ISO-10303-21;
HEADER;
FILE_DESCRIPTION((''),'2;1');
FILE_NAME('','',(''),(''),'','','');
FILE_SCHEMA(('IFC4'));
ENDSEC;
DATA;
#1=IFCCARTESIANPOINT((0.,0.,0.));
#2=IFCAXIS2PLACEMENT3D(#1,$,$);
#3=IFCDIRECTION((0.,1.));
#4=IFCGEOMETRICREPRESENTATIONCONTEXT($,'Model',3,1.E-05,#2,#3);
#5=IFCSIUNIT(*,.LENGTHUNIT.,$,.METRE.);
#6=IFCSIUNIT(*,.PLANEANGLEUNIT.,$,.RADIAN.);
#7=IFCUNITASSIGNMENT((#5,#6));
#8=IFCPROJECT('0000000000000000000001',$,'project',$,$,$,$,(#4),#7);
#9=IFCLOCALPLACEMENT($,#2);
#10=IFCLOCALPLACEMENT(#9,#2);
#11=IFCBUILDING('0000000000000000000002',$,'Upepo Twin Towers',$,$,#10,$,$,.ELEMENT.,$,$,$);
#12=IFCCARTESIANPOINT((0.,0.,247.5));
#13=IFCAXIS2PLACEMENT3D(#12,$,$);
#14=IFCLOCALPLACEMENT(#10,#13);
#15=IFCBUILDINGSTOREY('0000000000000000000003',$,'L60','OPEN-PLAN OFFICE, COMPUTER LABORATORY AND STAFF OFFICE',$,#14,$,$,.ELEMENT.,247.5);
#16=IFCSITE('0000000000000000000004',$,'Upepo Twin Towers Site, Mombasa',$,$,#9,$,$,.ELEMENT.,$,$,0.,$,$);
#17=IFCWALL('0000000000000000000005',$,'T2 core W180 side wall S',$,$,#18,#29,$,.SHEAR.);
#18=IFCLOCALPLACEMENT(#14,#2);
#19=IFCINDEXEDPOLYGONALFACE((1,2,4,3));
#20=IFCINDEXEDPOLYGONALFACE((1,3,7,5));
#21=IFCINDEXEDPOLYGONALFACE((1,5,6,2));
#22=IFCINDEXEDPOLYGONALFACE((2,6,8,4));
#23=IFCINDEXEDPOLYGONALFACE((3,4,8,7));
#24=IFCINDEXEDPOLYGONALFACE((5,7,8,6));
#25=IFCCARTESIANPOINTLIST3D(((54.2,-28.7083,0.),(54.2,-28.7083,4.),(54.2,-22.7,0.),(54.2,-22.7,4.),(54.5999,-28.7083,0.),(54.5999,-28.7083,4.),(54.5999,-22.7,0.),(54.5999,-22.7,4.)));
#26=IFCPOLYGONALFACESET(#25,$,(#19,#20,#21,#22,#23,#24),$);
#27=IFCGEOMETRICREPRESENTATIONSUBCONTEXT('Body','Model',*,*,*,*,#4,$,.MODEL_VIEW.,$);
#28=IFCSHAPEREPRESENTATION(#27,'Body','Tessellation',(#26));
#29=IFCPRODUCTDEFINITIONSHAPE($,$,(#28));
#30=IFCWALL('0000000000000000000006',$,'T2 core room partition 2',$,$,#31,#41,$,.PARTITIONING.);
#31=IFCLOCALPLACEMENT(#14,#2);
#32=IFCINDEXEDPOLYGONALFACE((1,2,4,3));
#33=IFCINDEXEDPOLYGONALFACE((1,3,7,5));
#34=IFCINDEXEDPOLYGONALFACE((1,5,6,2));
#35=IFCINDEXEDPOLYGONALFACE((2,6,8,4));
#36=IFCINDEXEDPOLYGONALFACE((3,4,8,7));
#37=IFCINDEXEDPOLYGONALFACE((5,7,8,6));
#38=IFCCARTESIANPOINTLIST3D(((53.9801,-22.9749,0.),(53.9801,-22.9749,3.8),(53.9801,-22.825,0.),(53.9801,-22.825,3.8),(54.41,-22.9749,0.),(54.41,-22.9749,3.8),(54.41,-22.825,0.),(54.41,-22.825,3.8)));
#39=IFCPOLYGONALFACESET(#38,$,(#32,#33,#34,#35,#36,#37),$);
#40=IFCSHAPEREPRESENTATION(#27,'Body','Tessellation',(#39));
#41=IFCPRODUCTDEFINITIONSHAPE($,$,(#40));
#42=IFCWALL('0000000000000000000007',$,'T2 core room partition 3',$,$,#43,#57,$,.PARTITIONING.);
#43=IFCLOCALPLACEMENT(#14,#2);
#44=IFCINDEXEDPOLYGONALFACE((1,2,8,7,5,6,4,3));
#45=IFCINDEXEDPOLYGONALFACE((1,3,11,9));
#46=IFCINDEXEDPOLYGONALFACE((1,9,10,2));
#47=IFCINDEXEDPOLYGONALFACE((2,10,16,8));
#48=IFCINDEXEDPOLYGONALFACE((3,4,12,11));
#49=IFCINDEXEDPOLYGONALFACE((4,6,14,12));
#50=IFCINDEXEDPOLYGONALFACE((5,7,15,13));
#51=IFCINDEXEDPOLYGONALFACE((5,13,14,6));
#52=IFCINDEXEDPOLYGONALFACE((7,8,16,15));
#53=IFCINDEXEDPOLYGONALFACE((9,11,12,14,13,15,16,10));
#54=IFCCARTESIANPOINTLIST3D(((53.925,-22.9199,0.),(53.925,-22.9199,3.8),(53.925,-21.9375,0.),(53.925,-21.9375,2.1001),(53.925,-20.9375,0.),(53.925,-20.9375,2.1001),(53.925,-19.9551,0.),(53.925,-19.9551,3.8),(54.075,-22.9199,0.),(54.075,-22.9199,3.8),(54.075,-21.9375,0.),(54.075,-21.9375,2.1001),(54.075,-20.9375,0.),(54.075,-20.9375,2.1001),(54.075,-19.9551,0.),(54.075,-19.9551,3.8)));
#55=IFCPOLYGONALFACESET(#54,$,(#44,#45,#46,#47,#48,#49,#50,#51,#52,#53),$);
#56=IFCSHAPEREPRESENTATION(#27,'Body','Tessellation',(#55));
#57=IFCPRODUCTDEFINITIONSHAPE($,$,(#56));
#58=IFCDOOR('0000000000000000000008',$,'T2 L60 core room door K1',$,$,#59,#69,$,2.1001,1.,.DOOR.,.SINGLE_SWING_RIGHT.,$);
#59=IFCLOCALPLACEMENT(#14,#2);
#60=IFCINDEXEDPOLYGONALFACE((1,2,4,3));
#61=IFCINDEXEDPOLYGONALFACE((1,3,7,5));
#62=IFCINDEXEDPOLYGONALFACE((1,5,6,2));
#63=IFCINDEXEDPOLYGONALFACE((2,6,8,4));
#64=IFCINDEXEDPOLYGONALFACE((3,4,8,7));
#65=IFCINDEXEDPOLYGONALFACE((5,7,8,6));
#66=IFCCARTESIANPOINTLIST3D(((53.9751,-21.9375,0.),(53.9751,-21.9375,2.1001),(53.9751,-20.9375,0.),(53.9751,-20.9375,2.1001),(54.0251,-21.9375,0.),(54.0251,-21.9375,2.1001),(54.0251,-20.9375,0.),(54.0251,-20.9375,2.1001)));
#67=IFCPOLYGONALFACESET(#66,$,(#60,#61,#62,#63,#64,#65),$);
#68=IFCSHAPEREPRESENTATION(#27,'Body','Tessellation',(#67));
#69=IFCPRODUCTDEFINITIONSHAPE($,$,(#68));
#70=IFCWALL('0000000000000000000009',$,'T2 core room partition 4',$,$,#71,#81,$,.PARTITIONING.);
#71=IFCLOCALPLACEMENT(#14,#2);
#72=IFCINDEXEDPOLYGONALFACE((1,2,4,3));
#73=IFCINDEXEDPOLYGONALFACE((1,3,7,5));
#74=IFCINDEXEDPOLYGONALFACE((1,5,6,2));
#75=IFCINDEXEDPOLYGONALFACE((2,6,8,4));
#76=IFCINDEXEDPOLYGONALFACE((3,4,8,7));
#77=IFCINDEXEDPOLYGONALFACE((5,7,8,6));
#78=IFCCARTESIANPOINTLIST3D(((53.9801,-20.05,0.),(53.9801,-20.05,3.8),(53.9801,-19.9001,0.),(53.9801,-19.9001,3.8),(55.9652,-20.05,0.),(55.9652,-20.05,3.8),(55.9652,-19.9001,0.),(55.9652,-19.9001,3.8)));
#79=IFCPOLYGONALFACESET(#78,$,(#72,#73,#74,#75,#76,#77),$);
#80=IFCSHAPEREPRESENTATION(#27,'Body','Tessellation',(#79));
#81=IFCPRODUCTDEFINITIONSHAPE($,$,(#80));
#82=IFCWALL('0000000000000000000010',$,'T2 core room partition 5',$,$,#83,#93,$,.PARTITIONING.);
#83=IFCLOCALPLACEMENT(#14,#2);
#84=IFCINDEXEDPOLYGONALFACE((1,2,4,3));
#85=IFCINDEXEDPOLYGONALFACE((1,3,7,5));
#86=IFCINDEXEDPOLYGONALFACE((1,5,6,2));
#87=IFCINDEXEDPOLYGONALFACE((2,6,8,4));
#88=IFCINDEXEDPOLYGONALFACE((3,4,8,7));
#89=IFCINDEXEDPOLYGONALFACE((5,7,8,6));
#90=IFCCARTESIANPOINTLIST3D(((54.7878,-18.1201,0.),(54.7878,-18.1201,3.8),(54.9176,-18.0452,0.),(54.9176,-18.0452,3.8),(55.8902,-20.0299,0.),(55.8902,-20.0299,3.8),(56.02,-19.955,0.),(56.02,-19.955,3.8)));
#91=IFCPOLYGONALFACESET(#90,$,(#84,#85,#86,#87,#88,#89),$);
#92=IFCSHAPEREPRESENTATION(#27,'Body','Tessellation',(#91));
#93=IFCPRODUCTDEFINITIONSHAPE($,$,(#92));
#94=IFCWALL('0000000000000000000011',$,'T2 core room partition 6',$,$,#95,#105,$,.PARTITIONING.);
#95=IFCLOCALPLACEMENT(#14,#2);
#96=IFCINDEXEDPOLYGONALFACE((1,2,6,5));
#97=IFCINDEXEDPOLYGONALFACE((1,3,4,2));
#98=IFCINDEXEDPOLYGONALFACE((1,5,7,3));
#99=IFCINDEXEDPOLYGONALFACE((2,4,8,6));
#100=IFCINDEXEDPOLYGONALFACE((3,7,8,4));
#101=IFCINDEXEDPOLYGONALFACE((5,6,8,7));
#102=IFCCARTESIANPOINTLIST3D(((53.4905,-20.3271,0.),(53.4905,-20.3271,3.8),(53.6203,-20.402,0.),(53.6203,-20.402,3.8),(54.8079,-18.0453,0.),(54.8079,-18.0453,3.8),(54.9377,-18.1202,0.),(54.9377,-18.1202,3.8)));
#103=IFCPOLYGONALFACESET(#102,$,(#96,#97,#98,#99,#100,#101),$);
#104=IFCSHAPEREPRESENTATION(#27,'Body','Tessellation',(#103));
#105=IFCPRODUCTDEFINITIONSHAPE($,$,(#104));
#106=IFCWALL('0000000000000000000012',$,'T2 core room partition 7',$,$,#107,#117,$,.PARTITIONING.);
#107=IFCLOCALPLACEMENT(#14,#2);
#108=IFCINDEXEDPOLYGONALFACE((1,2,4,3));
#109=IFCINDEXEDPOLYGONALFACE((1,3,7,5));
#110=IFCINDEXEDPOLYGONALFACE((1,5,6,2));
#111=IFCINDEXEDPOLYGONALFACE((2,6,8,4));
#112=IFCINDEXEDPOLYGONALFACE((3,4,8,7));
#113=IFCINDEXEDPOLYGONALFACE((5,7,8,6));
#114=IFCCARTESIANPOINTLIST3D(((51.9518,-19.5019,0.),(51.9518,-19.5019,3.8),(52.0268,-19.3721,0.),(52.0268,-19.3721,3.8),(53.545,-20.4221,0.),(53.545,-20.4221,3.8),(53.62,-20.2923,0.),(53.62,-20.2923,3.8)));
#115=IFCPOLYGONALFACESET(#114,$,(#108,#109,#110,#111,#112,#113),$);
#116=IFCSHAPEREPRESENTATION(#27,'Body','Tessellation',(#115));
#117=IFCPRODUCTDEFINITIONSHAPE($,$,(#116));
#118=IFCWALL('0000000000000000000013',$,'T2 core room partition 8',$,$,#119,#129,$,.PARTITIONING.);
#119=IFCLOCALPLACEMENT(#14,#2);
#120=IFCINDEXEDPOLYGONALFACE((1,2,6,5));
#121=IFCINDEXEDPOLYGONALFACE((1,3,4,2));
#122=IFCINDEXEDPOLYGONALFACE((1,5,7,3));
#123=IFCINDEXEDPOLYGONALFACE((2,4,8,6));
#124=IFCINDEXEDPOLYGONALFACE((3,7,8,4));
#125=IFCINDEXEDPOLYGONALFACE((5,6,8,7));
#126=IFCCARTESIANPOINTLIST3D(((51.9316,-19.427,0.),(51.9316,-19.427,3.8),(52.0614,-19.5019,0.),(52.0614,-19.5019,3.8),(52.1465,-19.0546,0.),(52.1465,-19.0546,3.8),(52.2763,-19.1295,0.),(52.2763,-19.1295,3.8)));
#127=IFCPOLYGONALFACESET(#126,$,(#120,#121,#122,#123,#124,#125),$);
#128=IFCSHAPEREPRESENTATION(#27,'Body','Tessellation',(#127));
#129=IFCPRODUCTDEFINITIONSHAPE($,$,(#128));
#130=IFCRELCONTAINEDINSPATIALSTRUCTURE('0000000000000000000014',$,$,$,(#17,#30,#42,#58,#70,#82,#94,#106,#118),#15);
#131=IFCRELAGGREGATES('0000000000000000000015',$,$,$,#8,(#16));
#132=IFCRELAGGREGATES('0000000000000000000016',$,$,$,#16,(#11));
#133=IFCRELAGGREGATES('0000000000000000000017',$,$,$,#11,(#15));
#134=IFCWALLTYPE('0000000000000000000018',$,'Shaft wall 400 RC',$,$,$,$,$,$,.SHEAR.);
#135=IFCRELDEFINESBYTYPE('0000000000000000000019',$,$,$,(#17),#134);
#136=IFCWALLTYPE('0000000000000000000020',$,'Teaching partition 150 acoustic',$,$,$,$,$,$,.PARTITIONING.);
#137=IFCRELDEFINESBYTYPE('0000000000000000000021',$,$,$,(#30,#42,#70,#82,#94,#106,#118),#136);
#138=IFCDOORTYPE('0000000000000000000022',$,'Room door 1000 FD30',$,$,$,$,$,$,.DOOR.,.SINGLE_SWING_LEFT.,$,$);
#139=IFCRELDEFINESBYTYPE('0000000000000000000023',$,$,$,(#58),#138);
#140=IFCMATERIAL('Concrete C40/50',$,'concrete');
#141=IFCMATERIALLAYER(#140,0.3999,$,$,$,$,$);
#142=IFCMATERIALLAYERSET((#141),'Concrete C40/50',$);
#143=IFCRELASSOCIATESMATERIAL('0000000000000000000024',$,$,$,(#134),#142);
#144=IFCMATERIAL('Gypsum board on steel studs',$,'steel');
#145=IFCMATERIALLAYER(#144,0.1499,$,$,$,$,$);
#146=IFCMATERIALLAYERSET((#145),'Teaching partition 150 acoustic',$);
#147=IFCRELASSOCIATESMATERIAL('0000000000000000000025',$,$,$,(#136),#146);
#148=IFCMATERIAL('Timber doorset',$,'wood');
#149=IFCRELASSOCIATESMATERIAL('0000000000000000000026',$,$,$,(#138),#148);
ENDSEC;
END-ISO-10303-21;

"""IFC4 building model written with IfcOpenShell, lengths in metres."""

from ifc_helpers import new_model, si_unit, direction, frame, frame_2d, origin, place, context, subcontext, project, spatial, rectangle, extrude, material, layer, layer_set, type_object, element, fill, save


model = new_model("IFC4")

# Units and contexts
model_context = context("Model", 3, precision=1e-05, world=origin(), true_north=direction((0.0, 1.0)))
body_context = subcontext(model_context, "Body", "Model", "MODEL_VIEW")
ifc_project = project(units=[si_unit("LENGTHUNIT", "METRE"), si_unit("PLANEANGLEUNIT", "RADIAN")], contexts=[model_context])

# Site, building, storey
site_placement = place(None, origin())
site = spatial("IfcSite", under=ifc_project, at=site_placement, Name="Upepo Twin Towers Site, Mombasa", CompositionType="ELEMENT", RefElevation=0.0)
building_placement = place(site_placement, origin())
building = spatial("IfcBuilding", under=site, at=building_placement, Name="Upepo Twin Towers", CompositionType="ELEMENT")
storey_placement = place(building_placement, frame((0.0, 0.0, 247.5)))
storey = spatial("IfcBuildingStorey", under=building, at=storey_placement, Name="L60", Description="OPEN-PLAN OFFICE, COMPUTER LABORATORY AND STAFF OFFICE", CompositionType="ELEMENT", Elevation=247.5)

# Walls
ifc_material_1 = material(Name="Concrete C40/50", Category="concrete")
ifc_layer_1 = layer(ifc_material_1, 0.3999)
ifc_layer_set_1 = layer_set([ifc_layer_1], Name="Concrete C40/50")
wall_type_1 = type_object("IfcWallType", Name="Shaft wall 400 RC", PredefinedType="SHEAR", material=ifc_layer_set_1)
for number, where, z_axis, x_axis, name in (
    (1, (54.3999, -22.7, 0.0), (0.0, 0.0, 1.0), (0.0, -1.0, 0.0), "T2 core W180 side wall S"),
):
    element("IfcWall", number, at=place(storey_placement, frame(where, z_axis=z_axis, x_axis=x_axis)), inside=storey, type_object=wall_type_1, Name=name, PredefinedType="SHEAR", context=body_context, shape_type="SweptSolid", body=[
        extrude(rectangle(XDim=6.0083, YDim=0.3999, at=frame_2d((3.0042, 0.0))), origin(), (0.0, 0.0, 1.0), 4.0),
    ])
ifc_material_2 = material(Name="Gypsum board on steel studs", Category="steel")
ifc_layer_2 = layer(ifc_material_2, 0.1499)
ifc_layer_set_2 = layer_set([ifc_layer_2], Name="Teaching partition 150 acoustic")
wall_type_2 = type_object("IfcWallType", Name="Teaching partition 150 acoustic", PredefinedType="PARTITIONING", material=ifc_layer_set_2)
wall_1_placement = place(storey_placement, frame((54.4099, -22.8999, 0.0), z_axis=(0.0, 0.0, 1.0), x_axis=(-1.0, 0.0, 0.0)))
element("IfcWall", 2, at=wall_1_placement, inside=storey, type_object=wall_type_2, Name="T2 core room partition 2", PredefinedType="PARTITIONING", context=body_context, shape_type="SweptSolid", body=[
    extrude(rectangle(XDim=0.4299, YDim=0.1499, at=frame_2d((0.2148, 0.0))), origin(), (0.0, 0.0, 1.0), 3.8),
])

# Wall, opening, door
wall_2_placement = place(storey_placement, frame((54.0, -22.9199, 0.0), z_axis=(0.0, 0.0, 1.0), x_axis=(0.0, 1.0, 0.0)))
wall_2 = element("IfcWall", 3, at=wall_2_placement, inside=storey, type_object=wall_type_2, Name="T2 core room partition 3", PredefinedType="PARTITIONING", context=body_context, shape_type="SweptSolid", body=[
    extrude(rectangle(XDim=2.9648, YDim=0.1499, at=frame_2d((1.4824, 0.0))), origin(), (0.0, 0.0, 1.0), 3.8),
])
opening_1_placement = place(wall_2_placement, frame((0.9824, 0.0, 0.0)))
opening_1 = element("IfcOpeningElement", 4, at=opening_1_placement, cuts=wall_2, PredefinedType="OPENING", context=body_context, shape_type="SweptSolid", body=[
    extrude(rectangle(XDim=1.0, YDim=2.1001, at=frame_2d((0.5, 1.05))), frame((0.0, 0.085, 0.0), z_axis=(0.0, -1.0, 0.0), x_axis=(1.0, 0.0, 0.0)), (0.0, 0.0, 1.0), 0.1699),
])
ifc_material_3 = material(Name="Timber doorset", Category="wood")
door_type_1 = type_object("IfcDoorType", Name="Room door 1000 FD30", OperationType="SINGLE_SWING_LEFT", PredefinedType="DOOR", material=ifc_material_3)
door_1_placement = place(opening_1_placement, origin())
door_1 = element("IfcDoor", 5, at=door_1_placement, inside=storey, type_object=door_type_1, Name="T2 L60 core room door K1", OperationType="SINGLE_SWING_RIGHT", OverallHeight=2.1001, OverallWidth=1.0, PredefinedType="DOOR", context=body_context, shape_type="SweptSolid", body=[
    extrude(rectangle(XDim=1.0, YDim=2.1001, at=frame_2d((0.5, 1.05))), frame((0.0, 0.0249, 0.0), z_axis=(0.0, -1.0, 0.0), x_axis=(1.0, 0.0, 0.0)), (0.0, 0.0, 1.0), 0.05),
])
fill(opening_1, door_1)

# Walls
wall_3_placement = place(storey_placement, frame((53.98, -19.9751, 0.0), z_axis=(0.0, 0.0, 1.0), x_axis=(1.0, 0.0, 0.0)))
element("IfcWall", 6, at=wall_3_placement, inside=storey, type_object=wall_type_2, Name="T2 core room partition 4", PredefinedType="PARTITIONING", context=body_context, shape_type="SweptSolid", body=[
    extrude(rectangle(XDim=1.9851, YDim=0.1499, at=frame_2d((0.9927, 0.0))), origin(), (0.0, 0.0, 1.0), 3.8),
])
wall_4_placement = place(storey_placement, frame((55.9551, -19.9924, 0.0), z_axis=(0.0, 0.0, 1.0), x_axis=(-0.499914, 0.866075, 0.0)))
element("IfcWall", 7, at=wall_4_placement, inside=storey, type_object=wall_type_2, Name="T2 core room partition 5", PredefinedType="PARTITIONING", context=body_context, shape_type="SweptSolid", body=[
    extrude(rectangle(XDim=2.2051, YDim=0.1499, at=frame_2d((1.1025, 0.0))), origin(), (0.0, 0.0, 1.0), 3.8),
])
wall_5_placement = place(storey_placement, frame((54.8728, -18.0828, 0.0), z_axis=(0.0, 0.0, 1.0), x_axis=(-0.500006, -0.866022, 0.0)))
element("IfcWall", 8, at=wall_5_placement, inside=storey, type_object=wall_type_2, Name="T2 core room partition 6", PredefinedType="PARTITIONING", context=body_context, shape_type="SweptSolid", body=[
    extrude(rectangle(XDim=2.6348, YDim=0.1499, at=frame_2d((1.3174, 0.0))), origin(), (0.0, 0.0, 1.0), 3.8),
])
wall_6_placement = place(storey_placement, frame((53.5825, -20.3572, 0.0), z_axis=(0.0, 0.0, 1.0), x_axis=(-0.865956, 0.500121, 0.0)))
element("IfcWall", 9, at=wall_6_placement, inside=storey, type_object=wall_type_2, Name="T2 core room partition 7", PredefinedType="PARTITIONING", context=body_context, shape_type="SweptSolid", body=[
    extrude(rectangle(XDim=1.8398, YDim=0.1499, at=frame_2d((0.9199, 0.0))), origin(), (0.0, 0.0, 1.0), 3.8),
])
wall_7_placement = place(storey_placement, frame((51.9966, -19.4644, 0.0), z_axis=(0.0, 0.0, 1.0), x_axis=(0.499804, 0.866138, 0.0)))
element("IfcWall", 10, at=wall_7_placement, inside=storey, type_object=wall_type_2, Name="T2 core room partition 8", PredefinedType="PARTITIONING", context=body_context, shape_type="SweptSolid", body=[
    extrude(rectangle(XDim=0.4299, YDim=0.1499, at=frame_2d((0.2148, 0.0))), origin(), (0.0, 0.0, 1.0), 3.8),
])

save(model, "model.ifc")
